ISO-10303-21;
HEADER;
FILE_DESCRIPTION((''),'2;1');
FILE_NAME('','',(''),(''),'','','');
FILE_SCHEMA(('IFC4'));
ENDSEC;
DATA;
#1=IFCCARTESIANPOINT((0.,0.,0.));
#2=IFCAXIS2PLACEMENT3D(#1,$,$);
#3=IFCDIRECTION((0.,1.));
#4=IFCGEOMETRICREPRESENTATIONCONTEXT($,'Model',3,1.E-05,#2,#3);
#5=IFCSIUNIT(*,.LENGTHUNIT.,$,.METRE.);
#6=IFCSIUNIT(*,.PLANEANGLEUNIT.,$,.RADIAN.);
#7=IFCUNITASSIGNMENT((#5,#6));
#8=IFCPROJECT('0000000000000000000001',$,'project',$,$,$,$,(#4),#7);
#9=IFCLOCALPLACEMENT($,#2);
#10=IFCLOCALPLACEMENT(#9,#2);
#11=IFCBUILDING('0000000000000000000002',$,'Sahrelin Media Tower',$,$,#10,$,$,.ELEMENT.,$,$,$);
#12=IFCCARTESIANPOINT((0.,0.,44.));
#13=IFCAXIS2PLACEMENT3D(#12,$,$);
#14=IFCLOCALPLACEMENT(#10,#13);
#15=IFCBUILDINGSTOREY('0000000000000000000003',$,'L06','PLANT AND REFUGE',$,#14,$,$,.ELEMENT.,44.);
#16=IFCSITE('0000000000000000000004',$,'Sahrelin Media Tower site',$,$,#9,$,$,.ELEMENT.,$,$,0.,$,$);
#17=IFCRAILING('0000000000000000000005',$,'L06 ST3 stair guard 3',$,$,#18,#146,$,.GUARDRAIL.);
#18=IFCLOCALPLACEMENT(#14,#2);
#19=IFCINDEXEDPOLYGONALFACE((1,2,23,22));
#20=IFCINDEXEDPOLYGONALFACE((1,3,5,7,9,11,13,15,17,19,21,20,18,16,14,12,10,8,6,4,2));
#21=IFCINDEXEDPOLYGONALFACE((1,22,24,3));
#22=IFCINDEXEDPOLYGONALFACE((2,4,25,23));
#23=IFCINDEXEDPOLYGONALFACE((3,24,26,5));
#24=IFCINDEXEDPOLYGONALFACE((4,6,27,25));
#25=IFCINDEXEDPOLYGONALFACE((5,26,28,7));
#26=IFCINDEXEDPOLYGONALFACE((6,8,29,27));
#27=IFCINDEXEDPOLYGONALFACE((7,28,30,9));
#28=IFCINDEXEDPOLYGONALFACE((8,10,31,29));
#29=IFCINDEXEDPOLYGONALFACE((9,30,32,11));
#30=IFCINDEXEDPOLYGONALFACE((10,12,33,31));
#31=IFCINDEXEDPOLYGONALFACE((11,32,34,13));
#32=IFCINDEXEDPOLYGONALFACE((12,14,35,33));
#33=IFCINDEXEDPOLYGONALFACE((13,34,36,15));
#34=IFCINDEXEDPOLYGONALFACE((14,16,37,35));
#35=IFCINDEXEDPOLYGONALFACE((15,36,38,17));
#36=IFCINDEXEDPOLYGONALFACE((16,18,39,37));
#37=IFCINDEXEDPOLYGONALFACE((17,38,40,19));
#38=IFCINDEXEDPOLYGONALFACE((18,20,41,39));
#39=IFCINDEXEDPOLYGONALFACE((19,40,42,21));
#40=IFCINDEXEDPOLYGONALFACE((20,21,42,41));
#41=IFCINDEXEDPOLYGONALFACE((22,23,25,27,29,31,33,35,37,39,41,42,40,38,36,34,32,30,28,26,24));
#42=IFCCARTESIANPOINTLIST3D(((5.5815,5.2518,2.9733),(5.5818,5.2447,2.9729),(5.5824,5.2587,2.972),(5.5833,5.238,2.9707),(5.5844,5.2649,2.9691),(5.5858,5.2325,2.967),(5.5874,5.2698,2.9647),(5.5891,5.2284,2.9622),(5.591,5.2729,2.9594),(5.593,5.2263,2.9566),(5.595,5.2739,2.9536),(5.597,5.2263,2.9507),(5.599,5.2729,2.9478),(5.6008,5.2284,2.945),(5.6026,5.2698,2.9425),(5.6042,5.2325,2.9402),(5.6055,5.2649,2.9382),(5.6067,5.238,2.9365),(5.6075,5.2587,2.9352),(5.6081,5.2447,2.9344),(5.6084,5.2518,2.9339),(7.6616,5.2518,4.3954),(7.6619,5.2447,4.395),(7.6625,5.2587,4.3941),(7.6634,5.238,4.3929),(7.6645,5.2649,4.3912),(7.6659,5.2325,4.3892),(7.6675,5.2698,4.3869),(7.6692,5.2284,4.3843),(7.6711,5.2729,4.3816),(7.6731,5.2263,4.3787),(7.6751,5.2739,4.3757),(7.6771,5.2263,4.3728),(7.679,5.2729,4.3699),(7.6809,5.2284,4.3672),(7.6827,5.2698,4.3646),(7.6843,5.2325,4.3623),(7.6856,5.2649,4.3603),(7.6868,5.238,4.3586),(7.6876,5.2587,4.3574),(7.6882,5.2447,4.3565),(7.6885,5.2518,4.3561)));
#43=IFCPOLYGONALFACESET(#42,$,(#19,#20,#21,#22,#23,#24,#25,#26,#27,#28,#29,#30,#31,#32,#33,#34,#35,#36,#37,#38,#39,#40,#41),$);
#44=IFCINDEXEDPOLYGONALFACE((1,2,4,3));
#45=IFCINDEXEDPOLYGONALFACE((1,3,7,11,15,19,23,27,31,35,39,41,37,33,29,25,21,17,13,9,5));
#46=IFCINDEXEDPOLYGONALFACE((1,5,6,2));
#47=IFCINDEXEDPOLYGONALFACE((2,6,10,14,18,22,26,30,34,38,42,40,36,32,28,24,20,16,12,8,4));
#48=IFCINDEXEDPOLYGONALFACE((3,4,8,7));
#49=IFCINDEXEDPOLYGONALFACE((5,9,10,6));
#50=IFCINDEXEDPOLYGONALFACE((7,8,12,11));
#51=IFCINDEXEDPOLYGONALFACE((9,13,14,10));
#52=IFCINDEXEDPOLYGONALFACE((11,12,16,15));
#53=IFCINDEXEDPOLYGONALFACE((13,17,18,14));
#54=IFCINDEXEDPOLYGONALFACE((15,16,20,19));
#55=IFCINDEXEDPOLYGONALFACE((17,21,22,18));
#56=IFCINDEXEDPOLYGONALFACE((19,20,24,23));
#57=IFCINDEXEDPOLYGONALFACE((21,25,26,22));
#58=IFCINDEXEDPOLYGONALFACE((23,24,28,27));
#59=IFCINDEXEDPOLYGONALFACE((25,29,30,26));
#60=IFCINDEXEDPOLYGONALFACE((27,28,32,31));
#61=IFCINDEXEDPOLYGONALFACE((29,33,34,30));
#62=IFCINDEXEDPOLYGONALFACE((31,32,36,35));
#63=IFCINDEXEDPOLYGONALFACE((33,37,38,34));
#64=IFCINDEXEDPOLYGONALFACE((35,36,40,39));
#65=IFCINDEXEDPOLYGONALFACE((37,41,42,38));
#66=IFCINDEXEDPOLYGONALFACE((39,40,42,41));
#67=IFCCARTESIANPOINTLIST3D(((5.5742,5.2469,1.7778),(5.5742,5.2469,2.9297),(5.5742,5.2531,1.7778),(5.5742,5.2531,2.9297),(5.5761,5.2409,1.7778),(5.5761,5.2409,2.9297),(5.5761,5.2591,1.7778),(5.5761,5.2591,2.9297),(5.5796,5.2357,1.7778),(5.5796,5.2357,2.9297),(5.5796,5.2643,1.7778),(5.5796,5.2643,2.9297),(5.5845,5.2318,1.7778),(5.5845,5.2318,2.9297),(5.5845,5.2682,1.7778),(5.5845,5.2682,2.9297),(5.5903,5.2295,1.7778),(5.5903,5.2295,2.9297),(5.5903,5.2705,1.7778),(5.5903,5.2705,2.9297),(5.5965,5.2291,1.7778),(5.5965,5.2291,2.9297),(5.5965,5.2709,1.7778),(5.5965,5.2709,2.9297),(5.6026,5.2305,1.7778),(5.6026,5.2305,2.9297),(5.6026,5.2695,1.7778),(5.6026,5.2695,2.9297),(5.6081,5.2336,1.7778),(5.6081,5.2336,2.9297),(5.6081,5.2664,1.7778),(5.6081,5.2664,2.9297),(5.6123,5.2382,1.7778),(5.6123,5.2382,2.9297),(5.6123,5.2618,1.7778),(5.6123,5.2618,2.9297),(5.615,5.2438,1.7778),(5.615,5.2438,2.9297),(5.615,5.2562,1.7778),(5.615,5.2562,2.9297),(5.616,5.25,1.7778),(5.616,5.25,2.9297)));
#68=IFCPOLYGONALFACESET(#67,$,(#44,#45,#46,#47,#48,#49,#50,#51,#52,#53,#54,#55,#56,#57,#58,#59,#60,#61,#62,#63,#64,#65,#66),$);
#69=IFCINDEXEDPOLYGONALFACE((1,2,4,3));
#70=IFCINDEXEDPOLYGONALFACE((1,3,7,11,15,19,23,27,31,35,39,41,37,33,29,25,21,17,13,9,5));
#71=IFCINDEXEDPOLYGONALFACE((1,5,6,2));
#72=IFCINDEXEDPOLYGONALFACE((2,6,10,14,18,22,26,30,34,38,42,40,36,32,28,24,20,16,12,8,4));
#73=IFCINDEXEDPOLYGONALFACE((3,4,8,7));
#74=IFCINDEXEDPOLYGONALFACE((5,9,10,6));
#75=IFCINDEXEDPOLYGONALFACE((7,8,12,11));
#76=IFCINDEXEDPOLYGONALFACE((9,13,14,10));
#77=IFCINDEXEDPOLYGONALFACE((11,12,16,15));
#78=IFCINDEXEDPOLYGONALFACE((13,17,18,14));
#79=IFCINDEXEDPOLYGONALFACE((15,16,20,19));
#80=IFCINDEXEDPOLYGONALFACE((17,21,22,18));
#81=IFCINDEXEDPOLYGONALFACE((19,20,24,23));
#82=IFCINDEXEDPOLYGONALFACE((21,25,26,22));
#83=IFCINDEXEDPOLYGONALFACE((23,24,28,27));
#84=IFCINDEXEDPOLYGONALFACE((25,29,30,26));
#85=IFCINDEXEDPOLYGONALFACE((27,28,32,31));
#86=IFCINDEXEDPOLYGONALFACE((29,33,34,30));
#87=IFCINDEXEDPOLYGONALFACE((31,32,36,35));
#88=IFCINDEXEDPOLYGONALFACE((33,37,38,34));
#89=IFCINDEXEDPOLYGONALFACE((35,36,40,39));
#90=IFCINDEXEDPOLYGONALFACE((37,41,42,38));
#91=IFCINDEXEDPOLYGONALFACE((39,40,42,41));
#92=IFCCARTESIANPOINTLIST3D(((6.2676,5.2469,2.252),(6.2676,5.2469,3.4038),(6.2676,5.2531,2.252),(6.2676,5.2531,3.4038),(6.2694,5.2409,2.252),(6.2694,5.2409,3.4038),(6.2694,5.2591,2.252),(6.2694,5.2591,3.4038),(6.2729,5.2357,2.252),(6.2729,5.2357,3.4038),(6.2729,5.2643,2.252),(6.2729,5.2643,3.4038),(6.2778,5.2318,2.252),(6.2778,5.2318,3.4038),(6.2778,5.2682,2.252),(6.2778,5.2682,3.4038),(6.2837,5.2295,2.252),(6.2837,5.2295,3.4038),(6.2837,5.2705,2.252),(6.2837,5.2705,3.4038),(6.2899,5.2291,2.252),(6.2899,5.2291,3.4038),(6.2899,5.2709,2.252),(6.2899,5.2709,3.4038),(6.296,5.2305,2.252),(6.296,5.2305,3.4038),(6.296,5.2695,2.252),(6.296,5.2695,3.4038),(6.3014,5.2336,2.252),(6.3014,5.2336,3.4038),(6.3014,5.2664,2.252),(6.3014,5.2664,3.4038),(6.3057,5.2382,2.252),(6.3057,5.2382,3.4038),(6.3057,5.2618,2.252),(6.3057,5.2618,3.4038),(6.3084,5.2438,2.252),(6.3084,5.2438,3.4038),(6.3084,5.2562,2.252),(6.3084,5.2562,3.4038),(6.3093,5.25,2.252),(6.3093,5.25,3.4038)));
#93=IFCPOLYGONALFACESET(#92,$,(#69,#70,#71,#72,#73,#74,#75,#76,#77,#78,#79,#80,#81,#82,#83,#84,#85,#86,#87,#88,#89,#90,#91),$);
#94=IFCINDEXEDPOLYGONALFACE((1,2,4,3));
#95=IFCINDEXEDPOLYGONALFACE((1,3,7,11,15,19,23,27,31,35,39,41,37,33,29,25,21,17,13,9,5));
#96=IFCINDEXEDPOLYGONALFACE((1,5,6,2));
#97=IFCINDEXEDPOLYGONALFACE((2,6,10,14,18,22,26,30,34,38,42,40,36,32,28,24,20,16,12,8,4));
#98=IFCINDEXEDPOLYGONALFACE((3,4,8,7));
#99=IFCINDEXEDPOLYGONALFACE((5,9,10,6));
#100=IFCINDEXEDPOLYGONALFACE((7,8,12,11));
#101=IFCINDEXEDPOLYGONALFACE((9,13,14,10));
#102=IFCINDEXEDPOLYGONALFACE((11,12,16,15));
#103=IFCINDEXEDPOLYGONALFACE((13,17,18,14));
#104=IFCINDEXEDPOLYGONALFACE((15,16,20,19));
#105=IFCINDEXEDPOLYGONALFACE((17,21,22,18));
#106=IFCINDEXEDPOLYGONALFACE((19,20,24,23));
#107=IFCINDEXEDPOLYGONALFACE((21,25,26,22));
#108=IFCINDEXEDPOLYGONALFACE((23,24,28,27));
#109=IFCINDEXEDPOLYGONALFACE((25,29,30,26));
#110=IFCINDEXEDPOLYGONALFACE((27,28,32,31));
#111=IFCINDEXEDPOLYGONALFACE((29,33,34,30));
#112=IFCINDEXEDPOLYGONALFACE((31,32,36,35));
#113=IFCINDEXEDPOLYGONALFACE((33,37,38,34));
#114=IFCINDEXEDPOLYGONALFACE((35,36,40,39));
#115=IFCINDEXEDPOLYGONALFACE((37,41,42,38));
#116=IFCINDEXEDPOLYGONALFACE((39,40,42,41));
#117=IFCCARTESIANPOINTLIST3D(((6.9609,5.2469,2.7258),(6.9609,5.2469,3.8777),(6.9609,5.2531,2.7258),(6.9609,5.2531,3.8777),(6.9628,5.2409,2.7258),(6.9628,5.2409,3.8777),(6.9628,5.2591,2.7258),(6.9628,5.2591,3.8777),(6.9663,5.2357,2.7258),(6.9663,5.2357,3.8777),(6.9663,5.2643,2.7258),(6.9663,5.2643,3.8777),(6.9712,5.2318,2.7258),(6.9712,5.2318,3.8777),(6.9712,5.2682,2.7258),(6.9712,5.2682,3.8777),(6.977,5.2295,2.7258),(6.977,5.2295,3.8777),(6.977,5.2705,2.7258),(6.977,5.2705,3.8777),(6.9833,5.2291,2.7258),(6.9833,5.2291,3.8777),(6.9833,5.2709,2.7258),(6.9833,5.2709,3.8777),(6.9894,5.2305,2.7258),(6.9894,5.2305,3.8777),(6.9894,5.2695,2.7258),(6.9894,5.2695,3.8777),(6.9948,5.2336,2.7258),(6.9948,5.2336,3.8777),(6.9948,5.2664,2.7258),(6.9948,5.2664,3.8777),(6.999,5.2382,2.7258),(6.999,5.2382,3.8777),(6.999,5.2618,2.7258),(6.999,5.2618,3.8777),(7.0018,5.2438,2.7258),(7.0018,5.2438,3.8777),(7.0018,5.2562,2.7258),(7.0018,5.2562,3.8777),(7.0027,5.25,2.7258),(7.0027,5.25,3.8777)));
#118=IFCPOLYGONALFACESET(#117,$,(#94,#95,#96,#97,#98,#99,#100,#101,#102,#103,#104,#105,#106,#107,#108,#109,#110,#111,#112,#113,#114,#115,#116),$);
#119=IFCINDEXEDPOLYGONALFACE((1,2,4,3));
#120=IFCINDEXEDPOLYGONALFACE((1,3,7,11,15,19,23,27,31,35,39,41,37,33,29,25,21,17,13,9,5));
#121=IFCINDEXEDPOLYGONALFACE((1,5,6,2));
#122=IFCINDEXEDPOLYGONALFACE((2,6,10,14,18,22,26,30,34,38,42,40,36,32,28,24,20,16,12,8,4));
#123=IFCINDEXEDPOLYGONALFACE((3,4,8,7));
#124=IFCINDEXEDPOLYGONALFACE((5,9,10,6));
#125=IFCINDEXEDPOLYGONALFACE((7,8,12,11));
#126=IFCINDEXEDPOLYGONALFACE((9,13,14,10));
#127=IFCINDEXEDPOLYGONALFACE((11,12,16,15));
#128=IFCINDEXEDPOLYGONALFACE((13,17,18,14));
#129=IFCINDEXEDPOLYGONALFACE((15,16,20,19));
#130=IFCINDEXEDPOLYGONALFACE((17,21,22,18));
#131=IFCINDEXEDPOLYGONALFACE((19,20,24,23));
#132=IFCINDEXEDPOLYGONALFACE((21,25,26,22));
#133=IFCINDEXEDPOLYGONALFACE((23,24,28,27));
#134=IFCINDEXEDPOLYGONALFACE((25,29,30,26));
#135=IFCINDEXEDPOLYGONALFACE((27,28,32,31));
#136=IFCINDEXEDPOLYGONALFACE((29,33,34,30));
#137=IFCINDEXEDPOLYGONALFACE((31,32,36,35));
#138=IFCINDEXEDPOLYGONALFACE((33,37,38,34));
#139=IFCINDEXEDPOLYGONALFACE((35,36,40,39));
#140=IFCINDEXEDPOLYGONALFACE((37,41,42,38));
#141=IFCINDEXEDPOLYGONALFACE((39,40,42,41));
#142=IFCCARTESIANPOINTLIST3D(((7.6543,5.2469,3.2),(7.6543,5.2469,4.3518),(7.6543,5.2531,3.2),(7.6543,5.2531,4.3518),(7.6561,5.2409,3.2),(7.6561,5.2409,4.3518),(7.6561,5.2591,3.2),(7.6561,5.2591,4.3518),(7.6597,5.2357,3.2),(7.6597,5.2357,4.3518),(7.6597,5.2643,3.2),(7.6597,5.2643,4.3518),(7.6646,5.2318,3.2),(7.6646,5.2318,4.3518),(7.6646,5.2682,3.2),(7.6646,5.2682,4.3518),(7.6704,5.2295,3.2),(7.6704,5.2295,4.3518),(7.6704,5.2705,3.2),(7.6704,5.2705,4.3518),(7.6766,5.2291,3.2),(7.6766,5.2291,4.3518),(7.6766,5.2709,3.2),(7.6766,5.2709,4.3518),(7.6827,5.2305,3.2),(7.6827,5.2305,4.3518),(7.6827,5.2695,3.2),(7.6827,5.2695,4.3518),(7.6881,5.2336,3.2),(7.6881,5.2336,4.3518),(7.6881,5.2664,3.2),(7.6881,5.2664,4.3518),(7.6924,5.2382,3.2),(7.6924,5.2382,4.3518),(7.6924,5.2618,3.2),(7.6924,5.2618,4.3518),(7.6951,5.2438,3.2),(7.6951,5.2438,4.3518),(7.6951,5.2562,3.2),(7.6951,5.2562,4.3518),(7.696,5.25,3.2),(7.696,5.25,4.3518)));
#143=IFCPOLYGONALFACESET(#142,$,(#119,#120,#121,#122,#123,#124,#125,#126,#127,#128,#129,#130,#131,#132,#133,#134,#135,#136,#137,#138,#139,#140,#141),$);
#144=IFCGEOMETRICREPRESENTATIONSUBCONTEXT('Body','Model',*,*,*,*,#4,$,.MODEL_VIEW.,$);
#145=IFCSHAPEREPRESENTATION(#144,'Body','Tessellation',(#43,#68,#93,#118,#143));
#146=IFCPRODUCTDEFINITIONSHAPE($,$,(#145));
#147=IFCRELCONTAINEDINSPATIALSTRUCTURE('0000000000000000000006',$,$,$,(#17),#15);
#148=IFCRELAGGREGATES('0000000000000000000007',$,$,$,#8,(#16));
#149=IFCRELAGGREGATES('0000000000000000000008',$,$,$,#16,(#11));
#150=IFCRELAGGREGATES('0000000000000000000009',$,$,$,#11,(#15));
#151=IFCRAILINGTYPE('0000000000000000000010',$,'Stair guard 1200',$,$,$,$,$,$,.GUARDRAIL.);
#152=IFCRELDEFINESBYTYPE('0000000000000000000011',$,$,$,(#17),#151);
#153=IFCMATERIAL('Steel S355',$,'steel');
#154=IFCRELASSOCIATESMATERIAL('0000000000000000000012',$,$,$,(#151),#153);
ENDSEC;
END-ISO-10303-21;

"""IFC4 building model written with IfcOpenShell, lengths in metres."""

from ifc_helpers import new_model, si_unit, direction, frame, origin, origin_2d, place, context, subcontext, project, spatial, circle, extrude, material, type_object, element, save


model = new_model("IFC4")

# Units and contexts
model_context = context("Model", 3, precision=1e-05, world=origin(), true_north=direction((0.0, 1.0)))
body_context = subcontext(model_context, "Body", "Model", "MODEL_VIEW")
ifc_project = project(units=[si_unit("LENGTHUNIT", "METRE"), si_unit("PLANEANGLEUNIT", "RADIAN")], contexts=[model_context])

# Site, building, storey
site_placement = place(None, origin())
site = spatial("IfcSite", under=ifc_project, at=site_placement, Name="Sahrelin Media Tower site", CompositionType="ELEMENT", RefElevation=0.0)
building_placement = place(site_placement, origin())
building = spatial("IfcBuilding", under=site, at=building_placement, Name="Sahrelin Media Tower", CompositionType="ELEMENT")
storey_placement = place(building_placement, frame((0.0, 0.0, 44.0)))
storey = spatial("IfcBuildingStorey", under=building, at=storey_placement, Name="L06", Description="PLANT AND REFUGE", CompositionType="ELEMENT", Elevation=44.0)

# Shared definitions
ifc_material_1 = material(Name="Steel S355", Category="steel")

# Railing
railing_type_1 = type_object("IfcRailingType", Name="Stair guard 1200", PredefinedType="GUARDRAIL", material=ifc_material_1)
railing_1_placement = place(storey_placement, frame((5.595, 5.25, 1.7778)))
element("IfcRailing", 1, at=railing_1_placement, inside=storey, type_object=railing_type_1, Name="L06 ST3 stair guard 3", PredefinedType="GUARDRAIL", context=body_context, shape_type="SweptSolid", body=[
    extrude(circle(Radius=0.0239, at=origin_2d()), frame((0.0, 0.0, 1.1758), z_axis=(0.825509, 0.0, 0.564389), x_axis=(0.0, 1.0, 0.0)), (0.0, 0.0, 1.0), 2.5198),
    extrude(circle(Radius=0.021, at=origin_2d()), origin(), (0.0, 0.0, 1.0), 1.1519),
    extrude(circle(Radius=0.021, at=origin_2d()), frame((0.6934, 0.0, 0.4741)), (0.0, 0.0, 1.0), 1.1519),
    extrude(circle(Radius=0.021, at=origin_2d()), frame((1.3867, 0.0, 0.948)), (0.0, 0.0, 1.0), 1.1519),
    extrude(circle(Radius=0.021, at=origin_2d()), frame((2.0801, 0.0, 1.4221)), (0.0, 0.0, 1.0), 1.1519),
])

save(model, "model.ifc")
